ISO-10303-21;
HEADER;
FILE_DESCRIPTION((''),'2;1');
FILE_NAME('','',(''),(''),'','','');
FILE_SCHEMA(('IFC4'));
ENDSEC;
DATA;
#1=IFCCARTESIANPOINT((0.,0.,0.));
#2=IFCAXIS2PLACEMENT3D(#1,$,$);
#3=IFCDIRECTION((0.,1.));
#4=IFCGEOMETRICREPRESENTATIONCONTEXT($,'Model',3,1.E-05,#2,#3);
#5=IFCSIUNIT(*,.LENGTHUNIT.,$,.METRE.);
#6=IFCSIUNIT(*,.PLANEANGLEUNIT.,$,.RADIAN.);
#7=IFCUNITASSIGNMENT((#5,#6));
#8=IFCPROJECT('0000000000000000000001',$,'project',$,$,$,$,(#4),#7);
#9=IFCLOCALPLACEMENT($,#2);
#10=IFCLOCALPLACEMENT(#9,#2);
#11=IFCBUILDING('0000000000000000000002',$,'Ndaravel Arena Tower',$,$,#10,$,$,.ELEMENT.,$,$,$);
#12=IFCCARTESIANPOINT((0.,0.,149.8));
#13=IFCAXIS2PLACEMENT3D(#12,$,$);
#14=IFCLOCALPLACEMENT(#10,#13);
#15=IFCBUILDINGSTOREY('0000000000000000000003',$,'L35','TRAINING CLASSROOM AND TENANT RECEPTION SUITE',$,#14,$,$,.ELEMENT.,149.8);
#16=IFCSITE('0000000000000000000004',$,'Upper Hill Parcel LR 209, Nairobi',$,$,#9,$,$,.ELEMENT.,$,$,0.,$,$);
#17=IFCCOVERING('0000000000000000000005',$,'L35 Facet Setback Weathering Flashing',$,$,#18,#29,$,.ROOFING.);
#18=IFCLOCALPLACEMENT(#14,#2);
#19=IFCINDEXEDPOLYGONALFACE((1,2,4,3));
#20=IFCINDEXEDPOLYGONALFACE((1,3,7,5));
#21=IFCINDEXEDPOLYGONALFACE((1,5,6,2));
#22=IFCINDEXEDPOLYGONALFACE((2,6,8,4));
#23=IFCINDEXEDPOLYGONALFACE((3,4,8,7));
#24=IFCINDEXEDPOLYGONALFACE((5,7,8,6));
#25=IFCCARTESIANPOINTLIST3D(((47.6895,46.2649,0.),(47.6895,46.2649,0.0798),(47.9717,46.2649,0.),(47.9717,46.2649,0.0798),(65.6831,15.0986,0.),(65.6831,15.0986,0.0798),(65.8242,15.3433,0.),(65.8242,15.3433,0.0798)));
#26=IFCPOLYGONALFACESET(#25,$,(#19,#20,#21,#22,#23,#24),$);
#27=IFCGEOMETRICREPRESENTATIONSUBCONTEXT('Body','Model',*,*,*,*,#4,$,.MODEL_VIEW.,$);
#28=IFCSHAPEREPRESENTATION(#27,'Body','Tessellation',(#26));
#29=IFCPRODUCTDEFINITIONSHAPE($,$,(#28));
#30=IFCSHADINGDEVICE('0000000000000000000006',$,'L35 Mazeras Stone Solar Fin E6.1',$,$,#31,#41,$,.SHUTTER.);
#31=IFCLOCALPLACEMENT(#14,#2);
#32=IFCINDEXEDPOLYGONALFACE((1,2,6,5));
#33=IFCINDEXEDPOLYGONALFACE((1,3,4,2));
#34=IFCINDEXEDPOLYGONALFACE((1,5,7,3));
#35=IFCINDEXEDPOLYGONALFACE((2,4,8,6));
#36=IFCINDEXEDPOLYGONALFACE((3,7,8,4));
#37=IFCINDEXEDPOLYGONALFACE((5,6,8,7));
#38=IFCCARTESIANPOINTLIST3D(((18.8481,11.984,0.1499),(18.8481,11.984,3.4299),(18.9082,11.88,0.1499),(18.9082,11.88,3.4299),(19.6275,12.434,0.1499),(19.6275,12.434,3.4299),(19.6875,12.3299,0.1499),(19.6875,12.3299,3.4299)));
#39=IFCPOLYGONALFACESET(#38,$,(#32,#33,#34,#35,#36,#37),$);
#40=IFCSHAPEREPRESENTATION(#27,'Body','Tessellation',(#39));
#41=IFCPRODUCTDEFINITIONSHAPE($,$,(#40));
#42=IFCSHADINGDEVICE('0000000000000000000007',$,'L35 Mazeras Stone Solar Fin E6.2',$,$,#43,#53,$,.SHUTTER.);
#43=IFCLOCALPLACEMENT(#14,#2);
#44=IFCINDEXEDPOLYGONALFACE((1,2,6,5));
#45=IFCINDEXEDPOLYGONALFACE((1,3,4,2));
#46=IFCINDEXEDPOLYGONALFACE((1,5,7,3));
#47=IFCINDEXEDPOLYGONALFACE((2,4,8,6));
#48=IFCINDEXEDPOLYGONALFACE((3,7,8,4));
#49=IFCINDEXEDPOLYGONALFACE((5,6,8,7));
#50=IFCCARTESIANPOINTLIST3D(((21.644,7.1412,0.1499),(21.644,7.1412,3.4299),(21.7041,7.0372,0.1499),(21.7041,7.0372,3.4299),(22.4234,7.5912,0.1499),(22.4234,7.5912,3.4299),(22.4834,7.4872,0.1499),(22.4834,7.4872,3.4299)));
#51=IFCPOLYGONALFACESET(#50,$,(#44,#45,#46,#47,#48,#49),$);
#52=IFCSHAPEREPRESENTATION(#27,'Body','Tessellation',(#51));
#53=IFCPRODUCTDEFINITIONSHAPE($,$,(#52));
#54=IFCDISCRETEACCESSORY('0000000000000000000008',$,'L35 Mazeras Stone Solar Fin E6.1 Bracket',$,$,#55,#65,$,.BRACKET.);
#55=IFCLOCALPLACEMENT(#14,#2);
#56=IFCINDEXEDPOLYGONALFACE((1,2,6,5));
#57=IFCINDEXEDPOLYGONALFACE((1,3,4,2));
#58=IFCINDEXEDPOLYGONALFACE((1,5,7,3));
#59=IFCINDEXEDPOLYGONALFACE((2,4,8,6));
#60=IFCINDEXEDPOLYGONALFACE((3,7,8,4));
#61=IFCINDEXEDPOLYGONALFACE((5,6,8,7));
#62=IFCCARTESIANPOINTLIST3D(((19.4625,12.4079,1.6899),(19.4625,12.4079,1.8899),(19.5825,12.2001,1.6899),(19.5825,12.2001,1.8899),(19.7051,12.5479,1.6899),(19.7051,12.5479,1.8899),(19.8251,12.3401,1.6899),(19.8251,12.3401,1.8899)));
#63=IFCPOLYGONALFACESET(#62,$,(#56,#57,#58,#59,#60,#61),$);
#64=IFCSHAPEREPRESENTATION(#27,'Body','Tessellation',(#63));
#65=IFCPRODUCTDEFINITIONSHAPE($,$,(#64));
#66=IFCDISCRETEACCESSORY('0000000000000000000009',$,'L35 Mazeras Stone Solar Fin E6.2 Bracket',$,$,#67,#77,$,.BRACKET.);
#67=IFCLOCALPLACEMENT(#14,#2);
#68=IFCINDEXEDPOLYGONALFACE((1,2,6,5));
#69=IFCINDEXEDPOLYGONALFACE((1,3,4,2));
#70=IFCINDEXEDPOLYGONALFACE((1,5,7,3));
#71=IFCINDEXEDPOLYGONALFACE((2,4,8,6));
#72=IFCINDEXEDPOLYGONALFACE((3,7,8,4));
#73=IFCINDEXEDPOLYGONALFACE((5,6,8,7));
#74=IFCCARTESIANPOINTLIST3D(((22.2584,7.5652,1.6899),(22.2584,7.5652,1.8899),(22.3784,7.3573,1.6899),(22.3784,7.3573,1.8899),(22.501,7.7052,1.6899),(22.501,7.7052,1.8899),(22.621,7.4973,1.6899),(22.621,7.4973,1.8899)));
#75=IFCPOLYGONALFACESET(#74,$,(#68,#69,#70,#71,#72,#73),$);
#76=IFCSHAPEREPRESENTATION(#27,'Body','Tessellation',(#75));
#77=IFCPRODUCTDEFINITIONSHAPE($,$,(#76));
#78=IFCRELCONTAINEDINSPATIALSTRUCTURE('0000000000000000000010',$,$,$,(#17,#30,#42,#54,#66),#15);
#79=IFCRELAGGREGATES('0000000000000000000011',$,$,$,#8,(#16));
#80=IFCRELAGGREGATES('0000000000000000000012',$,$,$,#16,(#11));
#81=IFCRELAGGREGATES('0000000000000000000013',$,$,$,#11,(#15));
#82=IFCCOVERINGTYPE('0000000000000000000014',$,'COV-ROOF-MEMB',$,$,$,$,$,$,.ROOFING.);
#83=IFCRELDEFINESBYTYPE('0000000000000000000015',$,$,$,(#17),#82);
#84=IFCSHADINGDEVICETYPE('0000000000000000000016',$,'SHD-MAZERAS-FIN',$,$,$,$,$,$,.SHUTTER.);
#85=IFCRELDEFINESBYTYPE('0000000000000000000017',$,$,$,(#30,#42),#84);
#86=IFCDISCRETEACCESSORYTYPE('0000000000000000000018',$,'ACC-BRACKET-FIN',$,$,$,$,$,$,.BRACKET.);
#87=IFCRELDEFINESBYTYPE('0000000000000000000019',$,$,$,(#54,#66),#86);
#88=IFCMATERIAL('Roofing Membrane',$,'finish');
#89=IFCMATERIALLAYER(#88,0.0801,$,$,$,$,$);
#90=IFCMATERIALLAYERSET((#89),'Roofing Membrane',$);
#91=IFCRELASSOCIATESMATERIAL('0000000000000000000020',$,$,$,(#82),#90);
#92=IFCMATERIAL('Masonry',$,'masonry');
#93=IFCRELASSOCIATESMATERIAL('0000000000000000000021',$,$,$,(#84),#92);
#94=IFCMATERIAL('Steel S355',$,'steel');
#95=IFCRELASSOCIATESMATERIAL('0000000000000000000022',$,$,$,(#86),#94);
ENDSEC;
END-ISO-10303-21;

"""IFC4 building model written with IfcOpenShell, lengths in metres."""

from ifc_helpers import new_model, si_unit, direction, frame, origin, origin_2d, place, context, subcontext, project, spatial, polyline, rectangle, outline, extrude, material, layer, layer_set, type_object, element, save


model = new_model("IFC4")

# Units and contexts
model_context = context("Model", 3, precision=1e-05, world=origin(), true_north=direction((0.0, 1.0)))
body_context = subcontext(model_context, "Body", "Model", "MODEL_VIEW")
ifc_project = project(units=[si_unit("LENGTHUNIT", "METRE"), si_unit("PLANEANGLEUNIT", "RADIAN")], contexts=[model_context])

# Site, building, storey
site_placement = place(None, origin())
site = spatial("IfcSite", under=ifc_project, at=site_placement, Name="Upper Hill Parcel LR 209, Nairobi", CompositionType="ELEMENT", RefElevation=0.0)
building_placement = place(site_placement, origin())
building = spatial("IfcBuilding", under=site, at=building_placement, Name="Ndaravel Arena Tower", CompositionType="ELEMENT")
storey_placement = place(building_placement, frame((0.0, 0.0, 149.8)))
storey = spatial("IfcBuildingStorey", under=building, at=storey_placement, Name="L35", Description="TRAINING CLASSROOM AND TENANT RECEPTION SUITE", CompositionType="ELEMENT", Elevation=149.8)

# Covering
ifc_material_1 = material(Name="Roofing Membrane", Category="finish")
ifc_layer_1 = layer(ifc_material_1, 0.0801)
ifc_layer_set_1 = layer_set([ifc_layer_1], Name="Roofing Membrane")
covering_type_1 = type_object("IfcCoveringType", Name="COV-ROOF-MEMB", PredefinedType="ROOFING", material=ifc_layer_set_1)
covering_1_placement = place(storey_placement, origin())
element("IfcCovering", 1, at=covering_1_placement, inside=storey, type_object=covering_type_1, Name="L35 Facet Setback Weathering Flashing", PredefinedType="ROOFING", context=body_context, shape_type="SweptSolid", body=[
    extrude(outline(polyline([(47.9717, 46.2649), (65.8242, 15.3433), (65.6831, 15.0986), (47.6895, 46.2649), (47.9717, 46.2649)])), origin(), (0.0, 0.0, 1.0), 0.0798),
])

# Shading devices
ifc_material_2 = material(Name="Masonry", Category="masonry")
shading_device_type = type_object("IfcShadingDeviceType", Name="SHD-MAZERAS-FIN", PredefinedType="SHUTTER", material=ifc_material_2)
for number, where, z_axis, x_axis, name in (
    (2, (19.2678, 12.157, 0.1499), (0.0, 0.0, 1.0), (-0.866025, -0.5, 0.0), "L35 Mazeras Stone Solar Fin E6.1"),
    (3, (22.0637, 7.3142, 0.1499), (0.0, 0.0, 1.0), (-0.866025, -0.5, 0.0), "L35 Mazeras Stone Solar Fin E6.2"),
):
    element("IfcShadingDevice", number, at=place(storey_placement, frame(where, z_axis=z_axis, x_axis=x_axis)), inside=storey, type_object=shading_device_type, Name=name, PredefinedType="SHUTTER", context=body_context, shape_type="SweptSolid", body=[
        extrude(rectangle(XDim=0.8999, YDim=0.1201, at=origin_2d()), origin(), (0.0, 0.0, 1.0), 3.28),
    ])

# Discrete accessories
ifc_material_3 = material(Name="Steel S355", Category="steel")
discrete_accessory_type = type_object("IfcDiscreteAccessoryType", Name="ACC-BRACKET-FIN", PredefinedType="BRACKET", material=ifc_material_3)
for number, where, z_axis, x_axis, name in (
    (4, (19.6438, 12.374, 1.6899), (0.0, 0.0, 1.0), (-0.866025, -0.5, 0.0), "L35 Mazeras Stone Solar Fin E6.1 Bracket"),
    (5, (22.4397, 7.5312, 1.6899), (0.0, 0.0, 1.0), (-0.866025, -0.5, 0.0), "L35 Mazeras Stone Solar Fin E6.2 Bracket"),
):
    element("IfcDiscreteAccessory", number, at=place(storey_placement, frame(where, z_axis=z_axis, x_axis=x_axis)), inside=storey, type_object=discrete_accessory_type, Name=name, PredefinedType="BRACKET", context=body_context, shape_type="SweptSolid", body=[
        extrude(rectangle(XDim=0.28, YDim=0.24, at=origin_2d()), origin(), (0.0, 0.0, 1.0), 0.2),
    ])

save(model, "model.ifc")
